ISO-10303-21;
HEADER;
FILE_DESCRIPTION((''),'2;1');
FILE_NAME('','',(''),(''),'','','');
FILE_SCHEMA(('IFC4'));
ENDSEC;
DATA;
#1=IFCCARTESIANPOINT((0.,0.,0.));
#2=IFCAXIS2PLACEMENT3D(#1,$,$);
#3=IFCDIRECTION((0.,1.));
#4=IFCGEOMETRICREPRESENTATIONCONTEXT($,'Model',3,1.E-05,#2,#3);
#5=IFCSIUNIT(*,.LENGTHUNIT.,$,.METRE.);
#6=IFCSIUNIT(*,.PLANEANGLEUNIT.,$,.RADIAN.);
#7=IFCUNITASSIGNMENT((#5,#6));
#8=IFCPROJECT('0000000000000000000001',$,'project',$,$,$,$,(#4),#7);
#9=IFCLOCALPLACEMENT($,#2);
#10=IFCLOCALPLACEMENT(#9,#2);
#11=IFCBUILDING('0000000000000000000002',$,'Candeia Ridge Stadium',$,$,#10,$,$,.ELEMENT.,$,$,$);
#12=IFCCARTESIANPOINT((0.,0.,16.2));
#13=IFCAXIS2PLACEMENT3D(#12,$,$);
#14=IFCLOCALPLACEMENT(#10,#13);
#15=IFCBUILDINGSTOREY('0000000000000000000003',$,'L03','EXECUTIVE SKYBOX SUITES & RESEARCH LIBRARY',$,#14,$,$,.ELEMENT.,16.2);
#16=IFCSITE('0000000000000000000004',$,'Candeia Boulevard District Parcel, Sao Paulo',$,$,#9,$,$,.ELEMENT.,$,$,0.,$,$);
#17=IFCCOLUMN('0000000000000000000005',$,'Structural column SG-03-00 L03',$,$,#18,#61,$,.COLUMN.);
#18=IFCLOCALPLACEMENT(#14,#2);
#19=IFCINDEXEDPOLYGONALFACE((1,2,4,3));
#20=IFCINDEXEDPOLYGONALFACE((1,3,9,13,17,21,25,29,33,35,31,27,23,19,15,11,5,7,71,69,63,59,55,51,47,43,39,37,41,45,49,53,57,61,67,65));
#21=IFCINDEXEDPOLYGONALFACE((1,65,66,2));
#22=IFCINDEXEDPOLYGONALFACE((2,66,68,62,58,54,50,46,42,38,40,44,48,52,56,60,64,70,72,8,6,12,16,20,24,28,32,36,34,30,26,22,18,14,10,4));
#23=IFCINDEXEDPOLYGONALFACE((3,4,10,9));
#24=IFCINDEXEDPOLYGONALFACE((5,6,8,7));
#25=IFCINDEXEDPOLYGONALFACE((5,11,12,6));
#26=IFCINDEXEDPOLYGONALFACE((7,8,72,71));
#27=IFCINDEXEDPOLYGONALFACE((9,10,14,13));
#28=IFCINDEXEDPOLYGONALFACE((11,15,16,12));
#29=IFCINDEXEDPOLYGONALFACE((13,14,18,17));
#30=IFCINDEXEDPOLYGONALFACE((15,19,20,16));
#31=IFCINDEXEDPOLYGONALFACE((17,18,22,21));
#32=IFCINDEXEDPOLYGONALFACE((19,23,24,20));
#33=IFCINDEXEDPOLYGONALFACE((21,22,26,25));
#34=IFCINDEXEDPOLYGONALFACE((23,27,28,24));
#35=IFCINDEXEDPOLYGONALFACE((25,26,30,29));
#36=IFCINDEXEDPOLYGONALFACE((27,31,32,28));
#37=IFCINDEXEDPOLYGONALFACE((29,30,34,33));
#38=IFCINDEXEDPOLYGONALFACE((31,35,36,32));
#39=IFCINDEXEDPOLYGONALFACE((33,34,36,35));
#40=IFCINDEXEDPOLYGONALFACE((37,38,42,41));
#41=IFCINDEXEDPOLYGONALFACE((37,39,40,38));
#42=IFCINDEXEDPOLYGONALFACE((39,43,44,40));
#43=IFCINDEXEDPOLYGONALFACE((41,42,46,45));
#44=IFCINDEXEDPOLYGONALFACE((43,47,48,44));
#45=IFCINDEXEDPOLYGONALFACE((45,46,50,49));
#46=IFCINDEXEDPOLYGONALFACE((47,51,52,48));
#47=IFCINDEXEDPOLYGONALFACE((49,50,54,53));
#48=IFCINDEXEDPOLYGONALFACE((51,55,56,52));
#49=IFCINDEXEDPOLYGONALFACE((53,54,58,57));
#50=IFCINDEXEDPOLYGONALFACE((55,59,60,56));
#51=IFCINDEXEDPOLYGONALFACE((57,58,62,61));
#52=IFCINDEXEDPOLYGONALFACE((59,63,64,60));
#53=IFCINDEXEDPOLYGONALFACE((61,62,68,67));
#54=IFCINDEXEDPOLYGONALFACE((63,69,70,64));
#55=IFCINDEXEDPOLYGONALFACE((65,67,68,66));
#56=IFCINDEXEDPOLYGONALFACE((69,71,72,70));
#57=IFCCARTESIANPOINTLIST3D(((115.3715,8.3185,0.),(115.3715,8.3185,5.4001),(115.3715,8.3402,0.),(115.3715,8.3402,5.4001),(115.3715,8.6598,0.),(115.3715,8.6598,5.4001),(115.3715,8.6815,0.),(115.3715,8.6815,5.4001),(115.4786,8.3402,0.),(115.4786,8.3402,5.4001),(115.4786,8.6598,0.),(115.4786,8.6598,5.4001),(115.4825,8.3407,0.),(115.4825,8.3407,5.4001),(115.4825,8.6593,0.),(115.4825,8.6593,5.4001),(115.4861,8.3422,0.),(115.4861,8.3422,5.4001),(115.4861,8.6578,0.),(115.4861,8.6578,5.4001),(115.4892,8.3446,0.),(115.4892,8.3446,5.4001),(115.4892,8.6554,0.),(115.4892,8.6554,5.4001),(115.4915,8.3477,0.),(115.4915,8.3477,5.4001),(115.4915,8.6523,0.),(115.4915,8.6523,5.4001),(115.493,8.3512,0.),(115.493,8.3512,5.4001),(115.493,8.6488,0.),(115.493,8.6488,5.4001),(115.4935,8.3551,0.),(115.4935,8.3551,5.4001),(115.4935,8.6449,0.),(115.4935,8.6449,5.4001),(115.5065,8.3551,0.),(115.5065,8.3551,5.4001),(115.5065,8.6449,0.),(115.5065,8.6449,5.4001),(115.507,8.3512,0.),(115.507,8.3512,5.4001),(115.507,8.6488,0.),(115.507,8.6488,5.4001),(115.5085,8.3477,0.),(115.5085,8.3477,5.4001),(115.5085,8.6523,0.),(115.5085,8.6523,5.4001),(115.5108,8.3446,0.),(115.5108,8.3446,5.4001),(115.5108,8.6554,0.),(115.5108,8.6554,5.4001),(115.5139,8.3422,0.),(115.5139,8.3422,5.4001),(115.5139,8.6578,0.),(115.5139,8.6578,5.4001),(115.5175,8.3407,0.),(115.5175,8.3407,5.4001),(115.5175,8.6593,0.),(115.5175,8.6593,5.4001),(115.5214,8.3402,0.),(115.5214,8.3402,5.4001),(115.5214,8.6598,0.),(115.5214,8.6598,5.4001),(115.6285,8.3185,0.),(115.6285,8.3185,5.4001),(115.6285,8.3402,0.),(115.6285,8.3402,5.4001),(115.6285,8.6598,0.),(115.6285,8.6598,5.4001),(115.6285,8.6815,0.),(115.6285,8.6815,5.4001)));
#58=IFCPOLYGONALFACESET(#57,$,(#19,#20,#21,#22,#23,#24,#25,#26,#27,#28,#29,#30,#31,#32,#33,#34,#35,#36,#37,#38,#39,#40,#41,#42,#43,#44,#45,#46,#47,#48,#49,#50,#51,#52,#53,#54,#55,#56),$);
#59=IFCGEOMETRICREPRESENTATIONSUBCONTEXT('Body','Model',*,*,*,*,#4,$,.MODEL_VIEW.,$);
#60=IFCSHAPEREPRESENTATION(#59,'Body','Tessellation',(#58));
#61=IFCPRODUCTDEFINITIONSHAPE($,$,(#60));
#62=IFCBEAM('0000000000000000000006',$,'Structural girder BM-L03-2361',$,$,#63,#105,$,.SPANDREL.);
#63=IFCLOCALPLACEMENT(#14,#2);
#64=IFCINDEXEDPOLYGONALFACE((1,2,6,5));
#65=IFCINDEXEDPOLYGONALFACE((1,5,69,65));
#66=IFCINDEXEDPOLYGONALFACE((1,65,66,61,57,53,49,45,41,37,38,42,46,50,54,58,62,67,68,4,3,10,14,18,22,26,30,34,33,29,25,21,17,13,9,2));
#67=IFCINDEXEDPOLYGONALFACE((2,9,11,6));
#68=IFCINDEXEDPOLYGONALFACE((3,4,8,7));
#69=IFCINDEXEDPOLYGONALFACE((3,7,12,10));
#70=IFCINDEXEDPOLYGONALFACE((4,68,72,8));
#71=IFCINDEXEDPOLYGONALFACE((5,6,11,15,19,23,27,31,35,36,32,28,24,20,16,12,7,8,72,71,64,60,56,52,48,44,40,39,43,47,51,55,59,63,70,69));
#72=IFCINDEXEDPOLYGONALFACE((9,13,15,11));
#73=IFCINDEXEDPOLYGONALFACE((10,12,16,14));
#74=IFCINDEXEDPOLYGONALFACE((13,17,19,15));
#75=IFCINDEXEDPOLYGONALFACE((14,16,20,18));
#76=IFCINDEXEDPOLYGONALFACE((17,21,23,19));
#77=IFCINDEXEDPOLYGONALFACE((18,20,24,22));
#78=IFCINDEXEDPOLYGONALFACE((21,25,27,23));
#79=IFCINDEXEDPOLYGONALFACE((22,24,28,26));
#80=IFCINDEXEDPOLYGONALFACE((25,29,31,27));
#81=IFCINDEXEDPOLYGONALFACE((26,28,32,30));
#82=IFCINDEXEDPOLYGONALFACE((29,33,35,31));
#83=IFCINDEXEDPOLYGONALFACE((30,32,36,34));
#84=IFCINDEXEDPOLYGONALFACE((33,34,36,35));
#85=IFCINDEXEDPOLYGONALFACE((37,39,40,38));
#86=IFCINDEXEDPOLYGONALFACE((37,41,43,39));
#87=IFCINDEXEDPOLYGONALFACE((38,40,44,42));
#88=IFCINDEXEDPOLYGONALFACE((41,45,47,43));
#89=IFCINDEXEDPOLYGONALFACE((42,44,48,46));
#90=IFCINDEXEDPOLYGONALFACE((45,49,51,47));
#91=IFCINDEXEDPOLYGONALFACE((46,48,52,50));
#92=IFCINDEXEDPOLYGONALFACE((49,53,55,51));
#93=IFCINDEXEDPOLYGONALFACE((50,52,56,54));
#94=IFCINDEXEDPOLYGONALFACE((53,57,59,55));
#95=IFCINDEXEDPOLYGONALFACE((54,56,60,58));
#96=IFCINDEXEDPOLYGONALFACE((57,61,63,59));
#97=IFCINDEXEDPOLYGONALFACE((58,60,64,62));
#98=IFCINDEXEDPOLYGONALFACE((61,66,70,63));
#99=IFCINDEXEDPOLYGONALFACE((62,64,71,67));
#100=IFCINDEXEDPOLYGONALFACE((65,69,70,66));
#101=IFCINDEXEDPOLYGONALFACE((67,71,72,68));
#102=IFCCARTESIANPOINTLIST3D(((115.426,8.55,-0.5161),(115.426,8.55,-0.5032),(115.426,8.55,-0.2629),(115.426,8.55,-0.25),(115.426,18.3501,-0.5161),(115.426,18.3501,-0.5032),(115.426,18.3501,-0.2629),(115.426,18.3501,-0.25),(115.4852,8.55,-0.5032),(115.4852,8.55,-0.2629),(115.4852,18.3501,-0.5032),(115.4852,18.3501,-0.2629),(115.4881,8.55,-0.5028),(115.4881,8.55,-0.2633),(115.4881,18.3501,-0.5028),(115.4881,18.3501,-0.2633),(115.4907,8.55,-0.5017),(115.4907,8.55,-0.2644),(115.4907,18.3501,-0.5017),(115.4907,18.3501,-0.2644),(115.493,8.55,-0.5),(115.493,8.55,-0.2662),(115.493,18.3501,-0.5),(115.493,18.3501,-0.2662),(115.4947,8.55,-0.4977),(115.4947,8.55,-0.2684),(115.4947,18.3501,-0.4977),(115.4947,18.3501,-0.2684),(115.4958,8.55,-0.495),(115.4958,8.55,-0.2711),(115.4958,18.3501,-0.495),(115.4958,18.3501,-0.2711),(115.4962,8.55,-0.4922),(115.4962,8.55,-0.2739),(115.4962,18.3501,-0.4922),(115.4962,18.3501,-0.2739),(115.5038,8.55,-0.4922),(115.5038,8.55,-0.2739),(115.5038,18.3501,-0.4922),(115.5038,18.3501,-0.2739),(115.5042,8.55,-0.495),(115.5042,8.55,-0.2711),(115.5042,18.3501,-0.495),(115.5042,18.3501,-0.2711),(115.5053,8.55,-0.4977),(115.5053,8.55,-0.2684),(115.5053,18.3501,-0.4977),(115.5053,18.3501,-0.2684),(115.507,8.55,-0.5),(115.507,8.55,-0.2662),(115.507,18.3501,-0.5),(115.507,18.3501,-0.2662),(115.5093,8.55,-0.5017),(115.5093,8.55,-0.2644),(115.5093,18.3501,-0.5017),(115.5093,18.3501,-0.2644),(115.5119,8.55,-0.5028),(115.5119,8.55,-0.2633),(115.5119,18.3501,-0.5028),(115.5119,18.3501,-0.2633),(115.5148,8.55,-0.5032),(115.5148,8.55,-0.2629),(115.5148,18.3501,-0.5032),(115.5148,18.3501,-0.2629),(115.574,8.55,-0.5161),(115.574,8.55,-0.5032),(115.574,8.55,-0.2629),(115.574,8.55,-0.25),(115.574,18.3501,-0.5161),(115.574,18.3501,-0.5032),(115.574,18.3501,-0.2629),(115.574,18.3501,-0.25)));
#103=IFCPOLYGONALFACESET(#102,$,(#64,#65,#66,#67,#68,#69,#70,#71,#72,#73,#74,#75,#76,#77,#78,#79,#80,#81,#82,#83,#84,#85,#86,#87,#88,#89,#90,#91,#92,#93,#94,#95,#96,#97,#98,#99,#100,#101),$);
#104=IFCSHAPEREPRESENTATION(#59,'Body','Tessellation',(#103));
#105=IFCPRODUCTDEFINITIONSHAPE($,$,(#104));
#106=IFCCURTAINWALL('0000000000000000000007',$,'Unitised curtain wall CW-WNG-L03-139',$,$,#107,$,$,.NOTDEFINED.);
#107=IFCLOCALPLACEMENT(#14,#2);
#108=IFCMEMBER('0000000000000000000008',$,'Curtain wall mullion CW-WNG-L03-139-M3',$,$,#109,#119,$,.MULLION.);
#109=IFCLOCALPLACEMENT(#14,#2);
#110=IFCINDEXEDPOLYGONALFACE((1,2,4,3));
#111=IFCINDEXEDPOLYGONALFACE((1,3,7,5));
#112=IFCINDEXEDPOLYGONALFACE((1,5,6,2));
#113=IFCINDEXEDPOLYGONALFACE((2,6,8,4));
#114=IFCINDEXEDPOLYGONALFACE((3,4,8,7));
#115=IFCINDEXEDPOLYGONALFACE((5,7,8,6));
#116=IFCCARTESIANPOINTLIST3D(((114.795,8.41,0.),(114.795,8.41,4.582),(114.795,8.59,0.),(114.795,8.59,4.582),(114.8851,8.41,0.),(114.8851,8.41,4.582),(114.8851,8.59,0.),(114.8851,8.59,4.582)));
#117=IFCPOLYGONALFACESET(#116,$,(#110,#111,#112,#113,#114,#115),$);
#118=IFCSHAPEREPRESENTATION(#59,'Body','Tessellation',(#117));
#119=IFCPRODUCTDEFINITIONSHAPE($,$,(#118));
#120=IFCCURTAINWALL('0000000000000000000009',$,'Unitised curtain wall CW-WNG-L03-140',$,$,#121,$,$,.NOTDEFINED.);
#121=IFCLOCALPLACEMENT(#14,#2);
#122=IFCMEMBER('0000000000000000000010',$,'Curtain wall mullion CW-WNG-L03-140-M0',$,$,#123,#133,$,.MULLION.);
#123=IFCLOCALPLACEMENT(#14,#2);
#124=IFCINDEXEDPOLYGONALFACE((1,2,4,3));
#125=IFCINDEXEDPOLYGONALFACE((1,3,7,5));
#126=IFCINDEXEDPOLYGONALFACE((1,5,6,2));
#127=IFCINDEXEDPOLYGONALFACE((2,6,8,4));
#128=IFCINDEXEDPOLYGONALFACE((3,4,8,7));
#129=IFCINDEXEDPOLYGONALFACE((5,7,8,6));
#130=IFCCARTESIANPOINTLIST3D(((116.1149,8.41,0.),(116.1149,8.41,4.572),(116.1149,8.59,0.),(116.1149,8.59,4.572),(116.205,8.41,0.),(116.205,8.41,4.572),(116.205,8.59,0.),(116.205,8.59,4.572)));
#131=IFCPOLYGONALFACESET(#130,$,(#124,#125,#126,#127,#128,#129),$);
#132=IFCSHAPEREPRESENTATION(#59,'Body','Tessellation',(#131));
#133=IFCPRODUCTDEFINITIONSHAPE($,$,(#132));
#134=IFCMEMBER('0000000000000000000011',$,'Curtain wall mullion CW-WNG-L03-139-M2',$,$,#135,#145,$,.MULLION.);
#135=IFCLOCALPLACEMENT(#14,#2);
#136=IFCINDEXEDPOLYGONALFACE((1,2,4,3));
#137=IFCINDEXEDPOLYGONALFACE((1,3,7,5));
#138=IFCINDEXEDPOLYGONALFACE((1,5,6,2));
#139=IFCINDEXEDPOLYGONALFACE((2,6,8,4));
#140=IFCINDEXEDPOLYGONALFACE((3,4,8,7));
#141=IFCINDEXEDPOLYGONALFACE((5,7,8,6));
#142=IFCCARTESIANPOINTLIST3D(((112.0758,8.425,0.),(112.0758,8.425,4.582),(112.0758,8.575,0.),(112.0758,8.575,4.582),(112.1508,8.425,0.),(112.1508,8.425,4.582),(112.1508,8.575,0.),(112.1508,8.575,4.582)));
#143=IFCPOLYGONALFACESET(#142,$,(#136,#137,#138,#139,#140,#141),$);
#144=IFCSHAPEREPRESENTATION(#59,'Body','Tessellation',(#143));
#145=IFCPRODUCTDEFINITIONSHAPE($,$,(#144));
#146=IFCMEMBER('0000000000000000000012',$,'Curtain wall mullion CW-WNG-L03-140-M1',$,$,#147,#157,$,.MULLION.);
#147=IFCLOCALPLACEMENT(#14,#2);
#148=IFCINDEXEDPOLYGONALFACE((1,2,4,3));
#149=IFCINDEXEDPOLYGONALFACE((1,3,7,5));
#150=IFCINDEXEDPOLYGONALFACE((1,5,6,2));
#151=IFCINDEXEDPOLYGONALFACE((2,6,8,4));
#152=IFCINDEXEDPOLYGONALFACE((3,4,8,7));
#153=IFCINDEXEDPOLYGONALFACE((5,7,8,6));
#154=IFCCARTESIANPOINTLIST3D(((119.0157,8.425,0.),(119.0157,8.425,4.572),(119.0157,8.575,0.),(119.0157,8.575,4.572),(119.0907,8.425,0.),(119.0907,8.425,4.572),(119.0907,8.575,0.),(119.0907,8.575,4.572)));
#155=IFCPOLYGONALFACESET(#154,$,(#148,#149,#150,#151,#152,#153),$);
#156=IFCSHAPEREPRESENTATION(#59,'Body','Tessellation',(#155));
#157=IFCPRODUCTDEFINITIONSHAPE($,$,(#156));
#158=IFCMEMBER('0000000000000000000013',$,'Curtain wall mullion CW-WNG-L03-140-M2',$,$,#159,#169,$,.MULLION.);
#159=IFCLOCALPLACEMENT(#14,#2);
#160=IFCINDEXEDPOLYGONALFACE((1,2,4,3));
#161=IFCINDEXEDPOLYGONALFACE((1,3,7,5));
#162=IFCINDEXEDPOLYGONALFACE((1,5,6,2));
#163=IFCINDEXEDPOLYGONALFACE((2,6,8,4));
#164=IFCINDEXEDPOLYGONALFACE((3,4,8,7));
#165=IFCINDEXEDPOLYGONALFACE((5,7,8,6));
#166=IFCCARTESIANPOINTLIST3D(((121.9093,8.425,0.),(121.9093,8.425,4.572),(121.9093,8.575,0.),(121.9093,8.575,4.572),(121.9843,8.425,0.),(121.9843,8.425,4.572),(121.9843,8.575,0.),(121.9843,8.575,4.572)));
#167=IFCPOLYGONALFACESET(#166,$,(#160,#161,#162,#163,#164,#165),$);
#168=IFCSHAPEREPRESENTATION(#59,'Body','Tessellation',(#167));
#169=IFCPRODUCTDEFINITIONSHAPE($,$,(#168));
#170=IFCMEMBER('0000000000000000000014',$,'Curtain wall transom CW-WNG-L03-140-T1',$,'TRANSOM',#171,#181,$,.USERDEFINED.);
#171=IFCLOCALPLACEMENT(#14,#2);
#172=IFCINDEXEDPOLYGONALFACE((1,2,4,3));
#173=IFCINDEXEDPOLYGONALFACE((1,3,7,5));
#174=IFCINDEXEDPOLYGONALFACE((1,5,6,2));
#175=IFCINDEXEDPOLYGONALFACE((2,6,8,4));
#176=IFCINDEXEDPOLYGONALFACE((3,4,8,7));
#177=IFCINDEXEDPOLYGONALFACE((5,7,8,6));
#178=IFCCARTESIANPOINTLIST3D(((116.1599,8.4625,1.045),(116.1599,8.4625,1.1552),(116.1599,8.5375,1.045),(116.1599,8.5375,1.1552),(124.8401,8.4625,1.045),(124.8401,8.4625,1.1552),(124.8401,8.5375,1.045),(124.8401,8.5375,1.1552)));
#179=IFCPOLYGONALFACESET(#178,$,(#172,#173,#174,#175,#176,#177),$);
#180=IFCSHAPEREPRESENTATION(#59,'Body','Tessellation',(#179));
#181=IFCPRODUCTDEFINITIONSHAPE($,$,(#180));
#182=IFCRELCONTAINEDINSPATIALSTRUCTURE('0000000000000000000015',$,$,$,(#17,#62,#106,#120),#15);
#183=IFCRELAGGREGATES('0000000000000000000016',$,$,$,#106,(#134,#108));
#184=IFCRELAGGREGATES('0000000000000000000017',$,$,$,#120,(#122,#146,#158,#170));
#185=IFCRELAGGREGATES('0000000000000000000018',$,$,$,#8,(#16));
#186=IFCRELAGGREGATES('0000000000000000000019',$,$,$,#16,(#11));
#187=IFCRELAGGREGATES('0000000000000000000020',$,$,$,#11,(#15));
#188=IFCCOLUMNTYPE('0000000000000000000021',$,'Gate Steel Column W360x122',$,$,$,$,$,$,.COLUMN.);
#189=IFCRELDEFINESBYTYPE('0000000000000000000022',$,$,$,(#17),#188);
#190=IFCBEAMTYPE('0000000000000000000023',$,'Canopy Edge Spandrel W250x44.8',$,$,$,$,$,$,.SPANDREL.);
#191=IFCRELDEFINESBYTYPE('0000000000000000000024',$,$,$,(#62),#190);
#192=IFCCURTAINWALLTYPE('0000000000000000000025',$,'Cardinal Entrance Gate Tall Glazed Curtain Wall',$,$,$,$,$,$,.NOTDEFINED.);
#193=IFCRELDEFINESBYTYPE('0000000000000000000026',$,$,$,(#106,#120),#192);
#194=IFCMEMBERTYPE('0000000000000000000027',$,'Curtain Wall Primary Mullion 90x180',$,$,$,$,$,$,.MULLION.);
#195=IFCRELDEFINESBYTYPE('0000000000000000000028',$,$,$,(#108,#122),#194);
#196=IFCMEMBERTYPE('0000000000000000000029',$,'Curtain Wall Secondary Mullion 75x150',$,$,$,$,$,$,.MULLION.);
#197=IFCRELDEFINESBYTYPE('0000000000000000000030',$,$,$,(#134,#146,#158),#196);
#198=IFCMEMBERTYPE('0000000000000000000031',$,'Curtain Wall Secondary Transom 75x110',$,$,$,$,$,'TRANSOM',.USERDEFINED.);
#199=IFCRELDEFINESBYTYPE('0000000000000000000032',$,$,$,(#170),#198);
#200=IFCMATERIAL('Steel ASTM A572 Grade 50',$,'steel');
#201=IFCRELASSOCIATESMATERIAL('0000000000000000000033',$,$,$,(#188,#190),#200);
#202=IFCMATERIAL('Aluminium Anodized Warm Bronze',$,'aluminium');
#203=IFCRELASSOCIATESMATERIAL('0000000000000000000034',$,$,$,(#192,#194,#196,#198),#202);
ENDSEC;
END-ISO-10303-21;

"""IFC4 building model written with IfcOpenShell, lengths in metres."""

from ifc_helpers import new_model, si_unit, direction, frame, origin, origin_2d, place, context, subcontext, project, spatial, rectangle, i_section, extrude, material, material_profile, profile_set, type_object, element, aggregate, save


model = new_model("IFC4")

# Units and contexts
model_context = context("Model", 3, precision=1e-05, world=origin(), true_north=direction((0.0, 1.0)))
body_context = subcontext(model_context, "Body", "Model", "MODEL_VIEW")
ifc_project = project(units=[si_unit("LENGTHUNIT", "METRE"), si_unit("PLANEANGLEUNIT", "RADIAN")], contexts=[model_context])

# Site, building, storey
site_placement = place(None, origin())
site = spatial("IfcSite", under=ifc_project, at=site_placement, Name="Candeia Boulevard District Parcel, Sao Paulo", CompositionType="ELEMENT", RefElevation=0.0)
building_placement = place(site_placement, origin())
building = spatial("IfcBuilding", under=site, at=building_placement, Name="Candeia Ridge Stadium", CompositionType="ELEMENT")
storey_placement = place(building_placement, frame((0.0, 0.0, 16.2)))
storey = spatial("IfcBuildingStorey", under=building, at=storey_placement, Name="L03", Description="EXECUTIVE SKYBOX SUITES & RESEARCH LIBRARY", CompositionType="ELEMENT", Elevation=16.2)

# Column
ifc_material_1 = material(Name="Steel ASTM A572 Grade 50", Category="steel")
ifc_material_profile_1 = material_profile(ifc_material_1, i_section(OverallWidth=0.2571, OverallDepth=0.363, WebThickness=0.0129, FlangeThickness=0.0217, FilletRadius=0.0149, at=origin_2d()), Name="W360x122", Category="steel")
ifc_profile_set_1 = profile_set([ifc_material_profile_1], Name="Steel ASTM A572 Grade 50")
column_type = type_object("IfcColumnType", Name="Gate Steel Column W360x122", PredefinedType="COLUMN", material=ifc_profile_set_1)
column_placement = place(storey_placement, frame((115.5, 8.5, 0.0), z_axis=(0.0, 0.0, 1.0), x_axis=(1.0, 0.0, 0.0)))
element("IfcColumn", 1, at=column_placement, inside=storey, type_object=column_type, Name="Structural column SG-03-00 L03", PredefinedType="COLUMN", context=body_context, shape_type="SweptSolid", body=[
    extrude(i_section(OverallWidth=0.2571, OverallDepth=0.363, WebThickness=0.0129, FlangeThickness=0.0217, FilletRadius=0.0149, at=origin_2d()), origin(), (0.0, 0.0, 1.0), 5.4001),
])

# Beam
ifc_material_profile_2 = material_profile(ifc_material_1, i_section(OverallWidth=0.1479, OverallDepth=0.2661, WebThickness=0.0076, FlangeThickness=0.0129, FilletRadius=0.011, at=origin_2d()), Name="W250x44.8", Category="steel")
ifc_profile_set_2 = profile_set([ifc_material_profile_2], Name="Steel ASTM A572 Grade 50")
beam_type_1 = type_object("IfcBeamType", Name="Canopy Edge Spandrel W250x44.8", PredefinedType="SPANDREL", material=ifc_profile_set_2)
beam_1_placement = place(storey_placement, frame((115.5, 8.55, -0.3831), z_axis=(0.0, 1.0, 0.0), x_axis=(-1.0, 0.0, 0.0)))
element("IfcBeam", 2, at=beam_1_placement, inside=storey, type_object=beam_type_1, Name="Structural girder BM-L03-2361", PredefinedType="SPANDREL", context=body_context, shape_type="SweptSolid", body=[
    extrude(i_section(OverallWidth=0.1479, OverallDepth=0.2661, WebThickness=0.0076, FlangeThickness=0.0129, FilletRadius=0.011, at=origin_2d()), origin(), (0.0, 0.0, 1.0), 9.8),
])

# Curtain walls, members
ifc_material_2 = material(Name="Aluminium Anodized Warm Bronze", Category="aluminium")
curtain_wall_type = type_object("IfcCurtainWallType", Name="Cardinal Entrance Gate Tall Glazed Curtain Wall", PredefinedType="NOTDEFINED", material=ifc_material_2)
curtain_wall_1_placement = place(storey_placement, origin())
curtain_wall_1 = element("IfcCurtainWall", 3, at=curtain_wall_1_placement, inside=storey, type_object=curtain_wall_type, Name="Unitised curtain wall CW-WNG-L03-139", PredefinedType="NOTDEFINED")
ifc_material_profile_3 = material_profile(ifc_material_2, rectangle(XDim=0.0901, YDim=0.1799, at=origin_2d()), Name="CWM-90x180", Category="aluminium")
ifc_profile_set_3 = profile_set([ifc_material_profile_3], Name="Aluminium Anodized Warm Bronze")
member_type_1 = type_object("IfcMemberType", Name="Curtain Wall Primary Mullion 90x180", PredefinedType="MULLION", material=ifc_profile_set_3)
member_1_placement = place(storey_placement, frame((114.8401, 8.5, 0.0), z_axis=(0.0, 0.0, 1.0), x_axis=(1.0, 0.0, 0.0)))
member_1 = element("IfcMember", 4, at=member_1_placement, type_object=member_type_1, Name="Curtain wall mullion CW-WNG-L03-139-M3", PredefinedType="MULLION", context=body_context, shape_type="SweptSolid", body=[
    extrude(rectangle(XDim=0.0901, YDim=0.1799, at=origin_2d()), origin(), (0.0, 0.0, 1.0), 4.582),
])
curtain_wall_2_placement = place(storey_placement, origin())
curtain_wall_2 = element("IfcCurtainWall", 5, at=curtain_wall_2_placement, inside=storey, type_object=curtain_wall_type, Name="Unitised curtain wall CW-WNG-L03-140", PredefinedType="NOTDEFINED")
member_2_placement = place(storey_placement, frame((116.1599, 8.5, 0.0), z_axis=(0.0, 0.0, 1.0), x_axis=(1.0, 0.0, 0.0)))
member_2 = element("IfcMember", 6, at=member_2_placement, type_object=member_type_1, Name="Curtain wall mullion CW-WNG-L03-140-M0", PredefinedType="MULLION", context=body_context, shape_type="SweptSolid", body=[
    extrude(rectangle(XDim=0.0901, YDim=0.1799, at=origin_2d()), origin(), (0.0, 0.0, 1.0), 4.572),
])

# Members
ifc_material_profile_4 = material_profile(ifc_material_2, rectangle(XDim=0.075, YDim=0.1499, at=origin_2d()), Name="CWM-75x150", Category="aluminium")
ifc_profile_set_4 = profile_set([ifc_material_profile_4], Name="Aluminium Anodized Warm Bronze")
member_type_2 = type_object("IfcMemberType", Name="Curtain Wall Secondary Mullion 75x150", PredefinedType="MULLION", material=ifc_profile_set_4)
member_3_placement = place(storey_placement, frame((112.1133, 8.5, 0.0), z_axis=(0.0, 0.0, 1.0), x_axis=(1.0, 0.0, 0.0)))
member_3 = element("IfcMember", 7, at=member_3_placement, type_object=member_type_2, Name="Curtain wall mullion CW-WNG-L03-139-M2", PredefinedType="MULLION", context=body_context, shape_type="SweptSolid", body=[
    extrude(rectangle(XDim=0.075, YDim=0.1499, at=origin_2d()), origin(), (0.0, 0.0, 1.0), 4.582),
])
member_4_placement = place(storey_placement, frame((119.0532, 8.5, 0.0), z_axis=(0.0, 0.0, 1.0), x_axis=(1.0, 0.0, 0.0)))
member_4 = element("IfcMember", 8, at=member_4_placement, type_object=member_type_2, Name="Curtain wall mullion CW-WNG-L03-140-M1", PredefinedType="MULLION", context=body_context, shape_type="SweptSolid", body=[
    extrude(rectangle(XDim=0.075, YDim=0.1499, at=origin_2d()), origin(), (0.0, 0.0, 1.0), 4.572),
])
member_5_placement = place(storey_placement, frame((121.9468, 8.5, 0.0), z_axis=(0.0, 0.0, 1.0), x_axis=(1.0, 0.0, 0.0)))
member_5 = element("IfcMember", 9, at=member_5_placement, type_object=member_type_2, Name="Curtain wall mullion CW-WNG-L03-140-M2", PredefinedType="MULLION", context=body_context, shape_type="SweptSolid", body=[
    extrude(rectangle(XDim=0.075, YDim=0.1499, at=origin_2d()), origin(), (0.0, 0.0, 1.0), 4.572),
])
ifc_material_profile_5 = material_profile(ifc_material_2, rectangle(XDim=0.075, YDim=0.1101, at=origin_2d()), Name="CWT-75x110", Category="aluminium")
ifc_profile_set_5 = profile_set([ifc_material_profile_5], Name="Aluminium Anodized Warm Bronze")
member_type_3 = type_object("IfcMemberType", Name="Curtain Wall Secondary Transom 75x110", ElementType="TRANSOM", PredefinedType="USERDEFINED", material=ifc_profile_set_5)
member_6_placement = place(storey_placement, frame((116.1599, 8.5, 1.1001), z_axis=(1.0, 0.0, 0.0), x_axis=(0.0, 1.0, 0.0)))
member_6 = element("IfcMember", 10, at=member_6_placement, type_object=member_type_3, Name="Curtain wall transom CW-WNG-L03-140-T1", ObjectType="TRANSOM", PredefinedType="USERDEFINED", context=body_context, shape_type="SweptSolid", body=[
    extrude(rectangle(XDim=0.075, YDim=0.1101, at=origin_2d()), origin(), (0.0, 0.0, 1.0), 8.6802),
])

aggregate(curtain_wall_1, [member_3, member_1])
aggregate(curtain_wall_2, [member_2, member_4, member_5, member_6])

save(model, "model.ifc")
